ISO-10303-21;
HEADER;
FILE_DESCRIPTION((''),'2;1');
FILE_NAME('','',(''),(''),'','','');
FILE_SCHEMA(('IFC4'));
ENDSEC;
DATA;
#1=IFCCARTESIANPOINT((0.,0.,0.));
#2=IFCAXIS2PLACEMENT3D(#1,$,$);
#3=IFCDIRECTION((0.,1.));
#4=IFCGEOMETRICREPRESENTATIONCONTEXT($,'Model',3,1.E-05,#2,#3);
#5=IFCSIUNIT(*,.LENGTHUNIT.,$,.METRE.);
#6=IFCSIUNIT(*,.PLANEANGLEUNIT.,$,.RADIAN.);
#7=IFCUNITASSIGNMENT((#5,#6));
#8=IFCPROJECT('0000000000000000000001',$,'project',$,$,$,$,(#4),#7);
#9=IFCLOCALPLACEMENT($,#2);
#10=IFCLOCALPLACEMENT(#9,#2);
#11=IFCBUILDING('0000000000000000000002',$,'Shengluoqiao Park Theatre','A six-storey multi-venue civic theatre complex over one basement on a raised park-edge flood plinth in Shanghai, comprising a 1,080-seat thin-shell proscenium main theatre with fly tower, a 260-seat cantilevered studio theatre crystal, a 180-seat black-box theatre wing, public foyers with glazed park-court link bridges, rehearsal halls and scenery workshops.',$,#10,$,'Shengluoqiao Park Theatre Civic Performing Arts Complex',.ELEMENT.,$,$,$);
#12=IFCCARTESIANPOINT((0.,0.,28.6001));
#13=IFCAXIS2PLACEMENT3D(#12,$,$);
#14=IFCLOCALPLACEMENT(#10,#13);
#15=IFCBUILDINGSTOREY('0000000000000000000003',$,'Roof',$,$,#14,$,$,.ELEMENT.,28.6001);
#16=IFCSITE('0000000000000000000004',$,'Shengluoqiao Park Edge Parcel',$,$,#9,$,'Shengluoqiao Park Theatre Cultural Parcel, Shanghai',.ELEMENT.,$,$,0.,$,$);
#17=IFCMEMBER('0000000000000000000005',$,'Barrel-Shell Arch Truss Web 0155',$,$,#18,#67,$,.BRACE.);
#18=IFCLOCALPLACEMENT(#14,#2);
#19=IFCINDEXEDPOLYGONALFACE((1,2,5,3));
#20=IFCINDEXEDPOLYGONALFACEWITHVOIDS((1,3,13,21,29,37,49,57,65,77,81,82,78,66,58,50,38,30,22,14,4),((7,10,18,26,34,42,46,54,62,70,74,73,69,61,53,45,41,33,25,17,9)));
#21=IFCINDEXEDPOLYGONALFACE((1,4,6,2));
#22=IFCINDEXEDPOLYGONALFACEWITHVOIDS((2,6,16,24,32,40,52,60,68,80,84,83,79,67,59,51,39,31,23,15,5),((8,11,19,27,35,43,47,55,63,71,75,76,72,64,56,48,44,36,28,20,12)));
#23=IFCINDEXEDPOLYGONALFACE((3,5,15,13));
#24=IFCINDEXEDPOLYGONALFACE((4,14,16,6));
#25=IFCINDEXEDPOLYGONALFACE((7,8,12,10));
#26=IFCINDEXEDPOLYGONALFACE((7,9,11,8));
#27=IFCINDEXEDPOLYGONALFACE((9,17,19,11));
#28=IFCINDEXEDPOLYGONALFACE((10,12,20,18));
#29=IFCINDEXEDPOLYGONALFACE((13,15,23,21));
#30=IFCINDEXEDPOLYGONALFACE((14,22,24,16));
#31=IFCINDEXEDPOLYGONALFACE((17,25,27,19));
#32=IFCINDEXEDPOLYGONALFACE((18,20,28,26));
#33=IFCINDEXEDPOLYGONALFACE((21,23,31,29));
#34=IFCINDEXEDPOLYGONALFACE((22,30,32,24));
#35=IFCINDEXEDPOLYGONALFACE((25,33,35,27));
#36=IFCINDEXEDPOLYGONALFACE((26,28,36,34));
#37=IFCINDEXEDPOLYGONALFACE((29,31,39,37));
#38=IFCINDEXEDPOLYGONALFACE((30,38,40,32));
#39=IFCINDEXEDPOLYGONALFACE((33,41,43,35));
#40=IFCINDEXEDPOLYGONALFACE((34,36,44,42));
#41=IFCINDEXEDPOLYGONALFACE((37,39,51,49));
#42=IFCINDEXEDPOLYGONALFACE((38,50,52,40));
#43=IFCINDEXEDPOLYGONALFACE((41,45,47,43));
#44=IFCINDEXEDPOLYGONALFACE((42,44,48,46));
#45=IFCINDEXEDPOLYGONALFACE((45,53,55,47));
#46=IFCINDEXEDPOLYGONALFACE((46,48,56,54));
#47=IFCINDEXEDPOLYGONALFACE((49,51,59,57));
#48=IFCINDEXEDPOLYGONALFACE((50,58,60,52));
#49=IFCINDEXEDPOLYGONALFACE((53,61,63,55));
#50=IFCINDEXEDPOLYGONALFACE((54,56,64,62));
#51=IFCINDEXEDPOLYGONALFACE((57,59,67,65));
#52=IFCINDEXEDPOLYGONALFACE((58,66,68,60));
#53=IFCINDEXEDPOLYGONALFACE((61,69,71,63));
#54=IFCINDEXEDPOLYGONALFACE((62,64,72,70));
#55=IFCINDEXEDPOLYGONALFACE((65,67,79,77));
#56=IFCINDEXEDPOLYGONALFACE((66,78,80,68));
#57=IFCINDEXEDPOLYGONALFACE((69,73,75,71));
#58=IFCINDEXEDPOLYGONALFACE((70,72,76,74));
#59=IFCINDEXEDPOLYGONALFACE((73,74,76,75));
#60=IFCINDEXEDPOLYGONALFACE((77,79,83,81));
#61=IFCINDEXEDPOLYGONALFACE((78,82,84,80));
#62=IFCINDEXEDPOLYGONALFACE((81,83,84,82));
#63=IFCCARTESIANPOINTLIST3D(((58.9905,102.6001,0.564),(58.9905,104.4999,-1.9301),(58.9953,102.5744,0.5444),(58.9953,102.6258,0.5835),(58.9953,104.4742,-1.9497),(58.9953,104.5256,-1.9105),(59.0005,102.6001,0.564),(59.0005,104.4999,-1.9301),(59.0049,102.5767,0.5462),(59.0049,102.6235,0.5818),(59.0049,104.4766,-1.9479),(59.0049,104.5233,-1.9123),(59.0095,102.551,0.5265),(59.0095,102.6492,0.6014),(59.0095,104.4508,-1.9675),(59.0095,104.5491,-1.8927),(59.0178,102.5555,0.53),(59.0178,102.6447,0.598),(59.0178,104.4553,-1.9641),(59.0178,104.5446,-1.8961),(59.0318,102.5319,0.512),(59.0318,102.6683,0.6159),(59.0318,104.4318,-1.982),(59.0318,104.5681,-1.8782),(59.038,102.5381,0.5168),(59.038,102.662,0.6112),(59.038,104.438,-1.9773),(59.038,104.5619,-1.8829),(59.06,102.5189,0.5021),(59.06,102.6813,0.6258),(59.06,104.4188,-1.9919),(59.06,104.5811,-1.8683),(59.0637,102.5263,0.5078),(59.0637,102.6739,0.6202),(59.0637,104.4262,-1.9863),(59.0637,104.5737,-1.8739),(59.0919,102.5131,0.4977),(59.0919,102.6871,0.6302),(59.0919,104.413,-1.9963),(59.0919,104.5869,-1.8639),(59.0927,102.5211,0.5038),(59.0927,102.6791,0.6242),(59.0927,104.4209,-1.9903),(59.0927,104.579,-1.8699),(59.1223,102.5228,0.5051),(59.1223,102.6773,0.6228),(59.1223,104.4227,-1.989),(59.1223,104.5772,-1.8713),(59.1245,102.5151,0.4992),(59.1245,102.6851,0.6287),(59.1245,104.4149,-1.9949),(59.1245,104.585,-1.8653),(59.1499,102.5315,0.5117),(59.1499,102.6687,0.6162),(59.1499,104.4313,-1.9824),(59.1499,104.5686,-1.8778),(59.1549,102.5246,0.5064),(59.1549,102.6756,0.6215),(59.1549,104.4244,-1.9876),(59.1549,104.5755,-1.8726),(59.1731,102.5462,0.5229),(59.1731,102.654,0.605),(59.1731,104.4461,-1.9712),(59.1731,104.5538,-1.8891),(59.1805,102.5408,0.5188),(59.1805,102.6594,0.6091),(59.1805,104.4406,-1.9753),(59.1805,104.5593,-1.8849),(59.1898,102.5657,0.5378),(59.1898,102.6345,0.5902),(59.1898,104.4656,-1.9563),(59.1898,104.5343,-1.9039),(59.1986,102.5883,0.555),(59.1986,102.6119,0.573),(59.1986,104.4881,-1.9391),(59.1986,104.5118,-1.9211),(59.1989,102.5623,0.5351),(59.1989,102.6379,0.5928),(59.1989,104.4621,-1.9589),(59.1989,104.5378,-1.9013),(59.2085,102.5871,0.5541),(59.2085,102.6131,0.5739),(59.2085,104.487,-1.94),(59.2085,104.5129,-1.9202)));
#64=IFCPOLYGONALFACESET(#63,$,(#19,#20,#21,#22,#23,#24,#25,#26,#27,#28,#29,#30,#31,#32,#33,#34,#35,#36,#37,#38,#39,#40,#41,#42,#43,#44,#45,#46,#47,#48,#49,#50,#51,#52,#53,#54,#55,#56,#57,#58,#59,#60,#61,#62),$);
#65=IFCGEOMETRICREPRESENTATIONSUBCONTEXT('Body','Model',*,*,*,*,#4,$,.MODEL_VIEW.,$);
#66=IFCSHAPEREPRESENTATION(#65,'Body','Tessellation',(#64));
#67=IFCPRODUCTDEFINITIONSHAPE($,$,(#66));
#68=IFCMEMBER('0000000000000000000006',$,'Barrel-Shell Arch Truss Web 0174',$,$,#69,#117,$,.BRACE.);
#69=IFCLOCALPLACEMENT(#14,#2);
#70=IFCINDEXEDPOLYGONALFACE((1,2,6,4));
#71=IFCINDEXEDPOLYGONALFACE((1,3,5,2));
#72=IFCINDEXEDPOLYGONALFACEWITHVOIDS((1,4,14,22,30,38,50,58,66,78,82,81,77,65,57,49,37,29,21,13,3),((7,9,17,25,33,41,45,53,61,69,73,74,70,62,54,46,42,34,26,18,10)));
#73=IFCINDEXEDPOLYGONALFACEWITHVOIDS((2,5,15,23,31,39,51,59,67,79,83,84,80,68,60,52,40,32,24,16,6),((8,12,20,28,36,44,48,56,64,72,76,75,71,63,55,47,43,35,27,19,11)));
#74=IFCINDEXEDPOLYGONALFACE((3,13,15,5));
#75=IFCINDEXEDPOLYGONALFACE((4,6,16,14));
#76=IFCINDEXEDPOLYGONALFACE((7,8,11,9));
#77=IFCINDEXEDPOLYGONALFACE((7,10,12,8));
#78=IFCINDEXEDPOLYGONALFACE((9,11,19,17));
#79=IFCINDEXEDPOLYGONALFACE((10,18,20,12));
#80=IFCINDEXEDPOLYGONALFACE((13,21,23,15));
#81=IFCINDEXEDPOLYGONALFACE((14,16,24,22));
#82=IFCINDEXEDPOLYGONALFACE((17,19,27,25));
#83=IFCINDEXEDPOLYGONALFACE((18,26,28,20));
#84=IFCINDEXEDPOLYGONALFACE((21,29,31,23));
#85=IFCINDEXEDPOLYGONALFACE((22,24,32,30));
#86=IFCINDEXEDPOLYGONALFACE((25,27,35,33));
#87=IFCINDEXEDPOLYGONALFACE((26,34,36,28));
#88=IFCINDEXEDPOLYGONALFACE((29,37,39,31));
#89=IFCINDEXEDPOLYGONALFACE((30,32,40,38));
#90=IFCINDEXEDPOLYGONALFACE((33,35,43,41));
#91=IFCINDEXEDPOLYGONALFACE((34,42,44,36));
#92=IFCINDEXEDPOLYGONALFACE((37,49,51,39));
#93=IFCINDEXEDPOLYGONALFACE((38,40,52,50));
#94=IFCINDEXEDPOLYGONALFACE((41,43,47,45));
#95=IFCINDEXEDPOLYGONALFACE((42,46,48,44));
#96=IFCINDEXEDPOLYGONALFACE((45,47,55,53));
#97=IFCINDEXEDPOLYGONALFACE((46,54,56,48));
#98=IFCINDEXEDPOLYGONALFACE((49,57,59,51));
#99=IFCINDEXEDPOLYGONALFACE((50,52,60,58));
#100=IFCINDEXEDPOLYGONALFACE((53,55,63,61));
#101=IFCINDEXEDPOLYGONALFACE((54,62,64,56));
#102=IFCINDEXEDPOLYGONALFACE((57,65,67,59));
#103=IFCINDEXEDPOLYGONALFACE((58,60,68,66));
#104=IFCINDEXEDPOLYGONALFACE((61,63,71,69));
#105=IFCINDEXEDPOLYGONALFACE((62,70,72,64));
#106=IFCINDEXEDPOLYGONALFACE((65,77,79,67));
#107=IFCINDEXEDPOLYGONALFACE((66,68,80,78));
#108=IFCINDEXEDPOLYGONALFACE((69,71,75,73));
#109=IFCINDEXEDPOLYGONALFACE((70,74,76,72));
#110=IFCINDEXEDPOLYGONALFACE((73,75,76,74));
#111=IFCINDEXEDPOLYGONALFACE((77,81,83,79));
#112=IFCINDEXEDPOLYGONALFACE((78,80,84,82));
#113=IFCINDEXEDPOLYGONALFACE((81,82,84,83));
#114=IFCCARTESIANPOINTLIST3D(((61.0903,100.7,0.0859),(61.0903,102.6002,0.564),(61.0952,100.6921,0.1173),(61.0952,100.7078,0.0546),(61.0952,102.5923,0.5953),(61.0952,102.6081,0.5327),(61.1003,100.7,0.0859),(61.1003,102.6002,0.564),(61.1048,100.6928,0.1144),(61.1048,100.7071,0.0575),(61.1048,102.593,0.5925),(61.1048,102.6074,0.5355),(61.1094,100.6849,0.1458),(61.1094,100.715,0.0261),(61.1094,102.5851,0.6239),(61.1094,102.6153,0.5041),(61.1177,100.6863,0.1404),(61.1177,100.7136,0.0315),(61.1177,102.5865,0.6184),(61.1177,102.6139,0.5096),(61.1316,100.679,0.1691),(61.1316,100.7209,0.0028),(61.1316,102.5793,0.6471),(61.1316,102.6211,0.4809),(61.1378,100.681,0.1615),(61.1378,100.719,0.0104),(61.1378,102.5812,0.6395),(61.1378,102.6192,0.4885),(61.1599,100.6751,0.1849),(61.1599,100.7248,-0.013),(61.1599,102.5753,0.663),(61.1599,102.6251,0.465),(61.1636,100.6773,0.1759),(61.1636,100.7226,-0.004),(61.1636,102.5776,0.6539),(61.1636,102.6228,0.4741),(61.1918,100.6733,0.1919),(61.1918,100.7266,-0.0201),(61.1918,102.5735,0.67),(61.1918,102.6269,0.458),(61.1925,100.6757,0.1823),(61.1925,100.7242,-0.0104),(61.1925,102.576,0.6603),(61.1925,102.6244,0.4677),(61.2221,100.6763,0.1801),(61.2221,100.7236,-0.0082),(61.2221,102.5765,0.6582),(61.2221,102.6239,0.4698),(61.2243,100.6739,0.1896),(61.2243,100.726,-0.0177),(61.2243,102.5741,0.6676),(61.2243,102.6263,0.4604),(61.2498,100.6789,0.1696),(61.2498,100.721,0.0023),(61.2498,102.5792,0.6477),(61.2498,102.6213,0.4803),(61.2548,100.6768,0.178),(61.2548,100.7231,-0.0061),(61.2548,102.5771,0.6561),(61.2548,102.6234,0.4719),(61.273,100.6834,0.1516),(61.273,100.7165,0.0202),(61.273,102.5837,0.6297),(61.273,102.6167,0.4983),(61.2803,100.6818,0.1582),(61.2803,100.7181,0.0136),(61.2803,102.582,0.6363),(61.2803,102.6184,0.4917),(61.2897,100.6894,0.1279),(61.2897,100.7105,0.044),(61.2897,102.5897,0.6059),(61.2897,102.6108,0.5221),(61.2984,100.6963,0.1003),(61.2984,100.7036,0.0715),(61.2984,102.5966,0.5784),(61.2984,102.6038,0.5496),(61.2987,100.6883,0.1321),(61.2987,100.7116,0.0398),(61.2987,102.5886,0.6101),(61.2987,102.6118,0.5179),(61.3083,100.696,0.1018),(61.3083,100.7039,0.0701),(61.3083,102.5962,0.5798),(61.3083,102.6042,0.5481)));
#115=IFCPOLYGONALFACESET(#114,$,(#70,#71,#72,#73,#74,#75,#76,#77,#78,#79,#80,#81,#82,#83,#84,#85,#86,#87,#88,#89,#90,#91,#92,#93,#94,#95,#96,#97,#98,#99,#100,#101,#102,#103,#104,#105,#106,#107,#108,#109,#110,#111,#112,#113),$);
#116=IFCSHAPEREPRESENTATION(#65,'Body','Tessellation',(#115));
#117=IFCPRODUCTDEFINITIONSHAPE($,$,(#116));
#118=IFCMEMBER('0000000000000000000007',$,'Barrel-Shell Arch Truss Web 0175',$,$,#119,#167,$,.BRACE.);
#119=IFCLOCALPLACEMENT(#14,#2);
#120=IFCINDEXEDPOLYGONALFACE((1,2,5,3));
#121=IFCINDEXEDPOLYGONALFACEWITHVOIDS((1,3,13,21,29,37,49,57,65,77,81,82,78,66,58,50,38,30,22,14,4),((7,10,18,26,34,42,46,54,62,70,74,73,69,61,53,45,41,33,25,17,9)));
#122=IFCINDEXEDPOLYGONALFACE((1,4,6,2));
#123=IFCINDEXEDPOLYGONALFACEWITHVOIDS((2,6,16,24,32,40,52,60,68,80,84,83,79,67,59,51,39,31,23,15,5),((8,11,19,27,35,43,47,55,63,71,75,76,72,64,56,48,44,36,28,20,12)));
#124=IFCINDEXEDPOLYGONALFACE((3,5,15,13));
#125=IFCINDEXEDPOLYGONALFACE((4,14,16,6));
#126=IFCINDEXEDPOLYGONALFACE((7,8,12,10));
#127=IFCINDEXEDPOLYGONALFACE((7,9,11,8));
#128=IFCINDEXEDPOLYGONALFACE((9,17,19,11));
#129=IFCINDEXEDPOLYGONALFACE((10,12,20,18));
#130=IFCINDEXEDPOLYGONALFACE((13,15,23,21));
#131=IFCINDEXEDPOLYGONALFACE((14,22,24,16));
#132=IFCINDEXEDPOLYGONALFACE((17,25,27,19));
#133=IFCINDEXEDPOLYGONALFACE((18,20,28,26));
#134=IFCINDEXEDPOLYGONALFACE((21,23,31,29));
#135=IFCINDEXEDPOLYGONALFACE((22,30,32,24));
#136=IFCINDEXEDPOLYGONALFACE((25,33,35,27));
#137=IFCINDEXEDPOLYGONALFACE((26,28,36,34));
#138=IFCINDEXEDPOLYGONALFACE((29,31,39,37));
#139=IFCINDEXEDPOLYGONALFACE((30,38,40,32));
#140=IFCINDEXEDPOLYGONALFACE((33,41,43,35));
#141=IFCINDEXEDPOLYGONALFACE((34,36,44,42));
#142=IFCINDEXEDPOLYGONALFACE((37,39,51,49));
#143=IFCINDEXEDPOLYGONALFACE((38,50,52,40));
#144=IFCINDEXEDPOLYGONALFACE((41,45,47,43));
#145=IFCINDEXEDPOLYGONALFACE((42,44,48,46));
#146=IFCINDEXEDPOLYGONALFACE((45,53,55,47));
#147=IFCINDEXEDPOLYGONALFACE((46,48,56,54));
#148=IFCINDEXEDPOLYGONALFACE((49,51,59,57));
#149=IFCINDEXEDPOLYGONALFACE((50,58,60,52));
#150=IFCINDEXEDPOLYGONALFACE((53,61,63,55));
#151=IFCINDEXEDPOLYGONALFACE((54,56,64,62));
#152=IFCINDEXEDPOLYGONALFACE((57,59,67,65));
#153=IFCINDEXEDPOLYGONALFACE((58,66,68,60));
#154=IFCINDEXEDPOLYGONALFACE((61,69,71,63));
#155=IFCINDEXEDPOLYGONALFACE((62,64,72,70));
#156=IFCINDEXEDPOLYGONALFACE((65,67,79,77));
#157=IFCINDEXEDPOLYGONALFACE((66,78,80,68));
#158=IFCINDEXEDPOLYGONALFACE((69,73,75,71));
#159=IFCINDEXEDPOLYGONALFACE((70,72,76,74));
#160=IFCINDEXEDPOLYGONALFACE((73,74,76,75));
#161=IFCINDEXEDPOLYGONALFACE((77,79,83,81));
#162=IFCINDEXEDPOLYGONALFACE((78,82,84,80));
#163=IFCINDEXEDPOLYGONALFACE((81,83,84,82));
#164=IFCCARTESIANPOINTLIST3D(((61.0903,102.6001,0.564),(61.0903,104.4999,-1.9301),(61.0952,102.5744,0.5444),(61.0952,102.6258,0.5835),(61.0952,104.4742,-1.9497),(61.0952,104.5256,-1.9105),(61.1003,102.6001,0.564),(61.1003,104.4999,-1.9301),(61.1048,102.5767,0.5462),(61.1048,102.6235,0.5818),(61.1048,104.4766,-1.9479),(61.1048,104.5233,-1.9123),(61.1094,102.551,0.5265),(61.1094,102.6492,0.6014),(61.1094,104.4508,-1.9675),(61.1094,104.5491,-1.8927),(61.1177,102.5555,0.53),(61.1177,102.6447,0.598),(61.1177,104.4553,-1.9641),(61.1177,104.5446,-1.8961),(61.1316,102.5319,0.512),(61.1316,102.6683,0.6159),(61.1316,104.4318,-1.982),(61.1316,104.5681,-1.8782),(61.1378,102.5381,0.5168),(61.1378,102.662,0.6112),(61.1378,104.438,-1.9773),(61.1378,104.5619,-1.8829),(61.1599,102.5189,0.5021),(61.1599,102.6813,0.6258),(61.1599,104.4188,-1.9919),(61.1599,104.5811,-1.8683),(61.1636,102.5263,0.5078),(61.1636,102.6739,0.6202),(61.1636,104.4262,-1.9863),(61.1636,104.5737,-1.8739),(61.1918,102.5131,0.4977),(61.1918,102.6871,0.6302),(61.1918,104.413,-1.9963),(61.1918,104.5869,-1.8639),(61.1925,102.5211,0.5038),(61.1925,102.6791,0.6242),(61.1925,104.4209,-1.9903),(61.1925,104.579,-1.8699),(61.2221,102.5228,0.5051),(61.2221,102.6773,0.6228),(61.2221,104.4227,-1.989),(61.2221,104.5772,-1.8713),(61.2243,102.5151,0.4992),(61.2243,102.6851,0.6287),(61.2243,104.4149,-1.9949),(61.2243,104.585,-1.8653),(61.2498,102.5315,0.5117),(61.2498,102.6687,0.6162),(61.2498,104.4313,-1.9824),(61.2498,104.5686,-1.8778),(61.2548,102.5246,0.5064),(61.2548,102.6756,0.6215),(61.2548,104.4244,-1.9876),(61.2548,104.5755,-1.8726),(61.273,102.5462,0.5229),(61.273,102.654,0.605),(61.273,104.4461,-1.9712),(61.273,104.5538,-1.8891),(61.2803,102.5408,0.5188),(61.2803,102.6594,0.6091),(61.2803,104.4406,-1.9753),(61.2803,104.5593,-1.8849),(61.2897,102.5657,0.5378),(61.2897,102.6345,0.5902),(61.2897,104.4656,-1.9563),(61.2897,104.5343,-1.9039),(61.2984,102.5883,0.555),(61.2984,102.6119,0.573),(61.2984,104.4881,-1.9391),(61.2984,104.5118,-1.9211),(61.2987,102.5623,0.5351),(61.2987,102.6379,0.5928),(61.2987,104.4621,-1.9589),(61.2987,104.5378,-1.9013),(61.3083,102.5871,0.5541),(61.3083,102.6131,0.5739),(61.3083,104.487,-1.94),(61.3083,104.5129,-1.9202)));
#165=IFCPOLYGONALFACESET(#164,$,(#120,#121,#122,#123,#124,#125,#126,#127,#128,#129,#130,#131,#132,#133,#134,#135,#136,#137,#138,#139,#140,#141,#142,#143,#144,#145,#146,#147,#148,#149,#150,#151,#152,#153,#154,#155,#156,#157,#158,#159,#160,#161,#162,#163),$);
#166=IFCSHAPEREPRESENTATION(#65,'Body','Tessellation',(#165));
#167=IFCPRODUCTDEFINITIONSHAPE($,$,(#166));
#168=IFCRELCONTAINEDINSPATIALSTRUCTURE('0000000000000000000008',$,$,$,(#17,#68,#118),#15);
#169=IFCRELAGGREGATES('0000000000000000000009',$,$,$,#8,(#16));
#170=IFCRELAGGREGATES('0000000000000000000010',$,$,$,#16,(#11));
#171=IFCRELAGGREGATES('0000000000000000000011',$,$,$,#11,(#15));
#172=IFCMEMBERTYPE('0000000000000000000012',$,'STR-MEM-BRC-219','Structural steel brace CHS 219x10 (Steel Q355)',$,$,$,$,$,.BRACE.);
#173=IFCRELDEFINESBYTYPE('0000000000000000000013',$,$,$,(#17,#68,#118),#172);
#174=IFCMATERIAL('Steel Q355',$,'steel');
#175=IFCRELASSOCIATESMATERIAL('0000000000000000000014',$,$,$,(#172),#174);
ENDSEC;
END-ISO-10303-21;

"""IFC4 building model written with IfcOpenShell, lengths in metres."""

from ifc_helpers import new_model, si_unit, direction, frame, origin, origin_2d, place, context, subcontext, project, spatial, hollow_circle, extrude, material, material_profile, profile_set, type_object, element, save


model = new_model("IFC4")

# Units and contexts
model_context = context("Model", 3, precision=1e-05, world=origin(), true_north=direction((0.0, 1.0)))
body_context = subcontext(model_context, "Body", "Model", "MODEL_VIEW")
ifc_project = project(units=[si_unit("LENGTHUNIT", "METRE"), si_unit("PLANEANGLEUNIT", "RADIAN")], contexts=[model_context])

# Site, building, storey
site_placement = place(None, origin())
site = spatial("IfcSite", under=ifc_project, at=site_placement, Name="Shengluoqiao Park Edge Parcel", LongName="Shengluoqiao Park Theatre Cultural Parcel, Shanghai", CompositionType="ELEMENT", RefElevation=0.0)
building_placement = place(site_placement, origin())
building = spatial("IfcBuilding", under=site, at=building_placement, Name="Shengluoqiao Park Theatre", Description="A six-storey multi-venue civic theatre complex over one basement on a raised park-edge flood plinth in Shanghai, comprising a 1,080-seat thin-shell proscenium main theatre with fly tower, a 260-seat cantilevered studio theatre crystal, a 180-seat black-box theatre wing, public foyers with glazed park-court link bridges, rehearsal halls and scenery workshops.", LongName="Shengluoqiao Park Theatre Civic Performing Arts Complex", CompositionType="ELEMENT")
storey_placement = place(building_placement, frame((0.0, 0.0, 28.6001)))
storey = spatial("IfcBuildingStorey", under=building, at=storey_placement, Name="Roof", CompositionType="ELEMENT", Elevation=28.6001)

# Shared definitions
ifc_material_1 = material(Name="Steel Q355", Category="steel")

# Members
ifc_material_profile_1 = material_profile(ifc_material_1, hollow_circle(Radius=0.1096, WallThickness=0.01, at=origin_2d()), Name="CHS 219x10")
ifc_profile_set_1 = profile_set([ifc_material_profile_1], Name="Steel Q355")
member_type_1 = type_object("IfcMemberType", Name="STR-MEM-BRC-219", Description="Structural steel brace CHS 219x10 (Steel Q355)", PredefinedType="BRACE", material=ifc_profile_set_1)
member_1_placement = place(storey_placement, frame((59.1001, 102.6001, 0.564), z_axis=(0.0, 0.605963, -0.795492), x_axis=(-1.0, 0.0, 0.0)))
element("IfcMember", 1, at=member_1_placement, inside=storey, type_object=member_type_1, Name="Barrel-Shell Arch Truss Web 0155", PredefinedType="BRACE", context=body_context, shape_type="SweptSolid", body=[
    extrude(hollow_circle(Radius=0.1096, WallThickness=0.01, at=origin_2d()), origin(), (0.0, 0.0, 1.0), 3.1353),
])
member_2_placement = place(storey_placement, frame((61.2, 100.7, 0.0859), z_axis=(0.0, 0.969782, 0.243972), x_axis=(-1.0, 0.0, 0.0)))
element("IfcMember", 2, at=member_2_placement, inside=storey, type_object=member_type_1, Name="Barrel-Shell Arch Truss Web 0174", PredefinedType="BRACE", context=body_context, shape_type="SweptSolid", body=[
    extrude(hollow_circle(Radius=0.1096, WallThickness=0.01, at=origin_2d()), origin(), (0.0, 0.0, 1.0), 1.9595),
])
member_3_placement = place(storey_placement, frame((61.2, 102.6001, 0.564), z_axis=(0.0, 0.605963, -0.795492), x_axis=(-1.0, 0.0, 0.0)))
element("IfcMember", 3, at=member_3_placement, inside=storey, type_object=member_type_1, Name="Barrel-Shell Arch Truss Web 0175", PredefinedType="BRACE", context=body_context, shape_type="SweptSolid", body=[
    extrude(hollow_circle(Radius=0.1096, WallThickness=0.01, at=origin_2d()), origin(), (0.0, 0.0, 1.0), 3.1353),
])

save(model, "model.ifc")
